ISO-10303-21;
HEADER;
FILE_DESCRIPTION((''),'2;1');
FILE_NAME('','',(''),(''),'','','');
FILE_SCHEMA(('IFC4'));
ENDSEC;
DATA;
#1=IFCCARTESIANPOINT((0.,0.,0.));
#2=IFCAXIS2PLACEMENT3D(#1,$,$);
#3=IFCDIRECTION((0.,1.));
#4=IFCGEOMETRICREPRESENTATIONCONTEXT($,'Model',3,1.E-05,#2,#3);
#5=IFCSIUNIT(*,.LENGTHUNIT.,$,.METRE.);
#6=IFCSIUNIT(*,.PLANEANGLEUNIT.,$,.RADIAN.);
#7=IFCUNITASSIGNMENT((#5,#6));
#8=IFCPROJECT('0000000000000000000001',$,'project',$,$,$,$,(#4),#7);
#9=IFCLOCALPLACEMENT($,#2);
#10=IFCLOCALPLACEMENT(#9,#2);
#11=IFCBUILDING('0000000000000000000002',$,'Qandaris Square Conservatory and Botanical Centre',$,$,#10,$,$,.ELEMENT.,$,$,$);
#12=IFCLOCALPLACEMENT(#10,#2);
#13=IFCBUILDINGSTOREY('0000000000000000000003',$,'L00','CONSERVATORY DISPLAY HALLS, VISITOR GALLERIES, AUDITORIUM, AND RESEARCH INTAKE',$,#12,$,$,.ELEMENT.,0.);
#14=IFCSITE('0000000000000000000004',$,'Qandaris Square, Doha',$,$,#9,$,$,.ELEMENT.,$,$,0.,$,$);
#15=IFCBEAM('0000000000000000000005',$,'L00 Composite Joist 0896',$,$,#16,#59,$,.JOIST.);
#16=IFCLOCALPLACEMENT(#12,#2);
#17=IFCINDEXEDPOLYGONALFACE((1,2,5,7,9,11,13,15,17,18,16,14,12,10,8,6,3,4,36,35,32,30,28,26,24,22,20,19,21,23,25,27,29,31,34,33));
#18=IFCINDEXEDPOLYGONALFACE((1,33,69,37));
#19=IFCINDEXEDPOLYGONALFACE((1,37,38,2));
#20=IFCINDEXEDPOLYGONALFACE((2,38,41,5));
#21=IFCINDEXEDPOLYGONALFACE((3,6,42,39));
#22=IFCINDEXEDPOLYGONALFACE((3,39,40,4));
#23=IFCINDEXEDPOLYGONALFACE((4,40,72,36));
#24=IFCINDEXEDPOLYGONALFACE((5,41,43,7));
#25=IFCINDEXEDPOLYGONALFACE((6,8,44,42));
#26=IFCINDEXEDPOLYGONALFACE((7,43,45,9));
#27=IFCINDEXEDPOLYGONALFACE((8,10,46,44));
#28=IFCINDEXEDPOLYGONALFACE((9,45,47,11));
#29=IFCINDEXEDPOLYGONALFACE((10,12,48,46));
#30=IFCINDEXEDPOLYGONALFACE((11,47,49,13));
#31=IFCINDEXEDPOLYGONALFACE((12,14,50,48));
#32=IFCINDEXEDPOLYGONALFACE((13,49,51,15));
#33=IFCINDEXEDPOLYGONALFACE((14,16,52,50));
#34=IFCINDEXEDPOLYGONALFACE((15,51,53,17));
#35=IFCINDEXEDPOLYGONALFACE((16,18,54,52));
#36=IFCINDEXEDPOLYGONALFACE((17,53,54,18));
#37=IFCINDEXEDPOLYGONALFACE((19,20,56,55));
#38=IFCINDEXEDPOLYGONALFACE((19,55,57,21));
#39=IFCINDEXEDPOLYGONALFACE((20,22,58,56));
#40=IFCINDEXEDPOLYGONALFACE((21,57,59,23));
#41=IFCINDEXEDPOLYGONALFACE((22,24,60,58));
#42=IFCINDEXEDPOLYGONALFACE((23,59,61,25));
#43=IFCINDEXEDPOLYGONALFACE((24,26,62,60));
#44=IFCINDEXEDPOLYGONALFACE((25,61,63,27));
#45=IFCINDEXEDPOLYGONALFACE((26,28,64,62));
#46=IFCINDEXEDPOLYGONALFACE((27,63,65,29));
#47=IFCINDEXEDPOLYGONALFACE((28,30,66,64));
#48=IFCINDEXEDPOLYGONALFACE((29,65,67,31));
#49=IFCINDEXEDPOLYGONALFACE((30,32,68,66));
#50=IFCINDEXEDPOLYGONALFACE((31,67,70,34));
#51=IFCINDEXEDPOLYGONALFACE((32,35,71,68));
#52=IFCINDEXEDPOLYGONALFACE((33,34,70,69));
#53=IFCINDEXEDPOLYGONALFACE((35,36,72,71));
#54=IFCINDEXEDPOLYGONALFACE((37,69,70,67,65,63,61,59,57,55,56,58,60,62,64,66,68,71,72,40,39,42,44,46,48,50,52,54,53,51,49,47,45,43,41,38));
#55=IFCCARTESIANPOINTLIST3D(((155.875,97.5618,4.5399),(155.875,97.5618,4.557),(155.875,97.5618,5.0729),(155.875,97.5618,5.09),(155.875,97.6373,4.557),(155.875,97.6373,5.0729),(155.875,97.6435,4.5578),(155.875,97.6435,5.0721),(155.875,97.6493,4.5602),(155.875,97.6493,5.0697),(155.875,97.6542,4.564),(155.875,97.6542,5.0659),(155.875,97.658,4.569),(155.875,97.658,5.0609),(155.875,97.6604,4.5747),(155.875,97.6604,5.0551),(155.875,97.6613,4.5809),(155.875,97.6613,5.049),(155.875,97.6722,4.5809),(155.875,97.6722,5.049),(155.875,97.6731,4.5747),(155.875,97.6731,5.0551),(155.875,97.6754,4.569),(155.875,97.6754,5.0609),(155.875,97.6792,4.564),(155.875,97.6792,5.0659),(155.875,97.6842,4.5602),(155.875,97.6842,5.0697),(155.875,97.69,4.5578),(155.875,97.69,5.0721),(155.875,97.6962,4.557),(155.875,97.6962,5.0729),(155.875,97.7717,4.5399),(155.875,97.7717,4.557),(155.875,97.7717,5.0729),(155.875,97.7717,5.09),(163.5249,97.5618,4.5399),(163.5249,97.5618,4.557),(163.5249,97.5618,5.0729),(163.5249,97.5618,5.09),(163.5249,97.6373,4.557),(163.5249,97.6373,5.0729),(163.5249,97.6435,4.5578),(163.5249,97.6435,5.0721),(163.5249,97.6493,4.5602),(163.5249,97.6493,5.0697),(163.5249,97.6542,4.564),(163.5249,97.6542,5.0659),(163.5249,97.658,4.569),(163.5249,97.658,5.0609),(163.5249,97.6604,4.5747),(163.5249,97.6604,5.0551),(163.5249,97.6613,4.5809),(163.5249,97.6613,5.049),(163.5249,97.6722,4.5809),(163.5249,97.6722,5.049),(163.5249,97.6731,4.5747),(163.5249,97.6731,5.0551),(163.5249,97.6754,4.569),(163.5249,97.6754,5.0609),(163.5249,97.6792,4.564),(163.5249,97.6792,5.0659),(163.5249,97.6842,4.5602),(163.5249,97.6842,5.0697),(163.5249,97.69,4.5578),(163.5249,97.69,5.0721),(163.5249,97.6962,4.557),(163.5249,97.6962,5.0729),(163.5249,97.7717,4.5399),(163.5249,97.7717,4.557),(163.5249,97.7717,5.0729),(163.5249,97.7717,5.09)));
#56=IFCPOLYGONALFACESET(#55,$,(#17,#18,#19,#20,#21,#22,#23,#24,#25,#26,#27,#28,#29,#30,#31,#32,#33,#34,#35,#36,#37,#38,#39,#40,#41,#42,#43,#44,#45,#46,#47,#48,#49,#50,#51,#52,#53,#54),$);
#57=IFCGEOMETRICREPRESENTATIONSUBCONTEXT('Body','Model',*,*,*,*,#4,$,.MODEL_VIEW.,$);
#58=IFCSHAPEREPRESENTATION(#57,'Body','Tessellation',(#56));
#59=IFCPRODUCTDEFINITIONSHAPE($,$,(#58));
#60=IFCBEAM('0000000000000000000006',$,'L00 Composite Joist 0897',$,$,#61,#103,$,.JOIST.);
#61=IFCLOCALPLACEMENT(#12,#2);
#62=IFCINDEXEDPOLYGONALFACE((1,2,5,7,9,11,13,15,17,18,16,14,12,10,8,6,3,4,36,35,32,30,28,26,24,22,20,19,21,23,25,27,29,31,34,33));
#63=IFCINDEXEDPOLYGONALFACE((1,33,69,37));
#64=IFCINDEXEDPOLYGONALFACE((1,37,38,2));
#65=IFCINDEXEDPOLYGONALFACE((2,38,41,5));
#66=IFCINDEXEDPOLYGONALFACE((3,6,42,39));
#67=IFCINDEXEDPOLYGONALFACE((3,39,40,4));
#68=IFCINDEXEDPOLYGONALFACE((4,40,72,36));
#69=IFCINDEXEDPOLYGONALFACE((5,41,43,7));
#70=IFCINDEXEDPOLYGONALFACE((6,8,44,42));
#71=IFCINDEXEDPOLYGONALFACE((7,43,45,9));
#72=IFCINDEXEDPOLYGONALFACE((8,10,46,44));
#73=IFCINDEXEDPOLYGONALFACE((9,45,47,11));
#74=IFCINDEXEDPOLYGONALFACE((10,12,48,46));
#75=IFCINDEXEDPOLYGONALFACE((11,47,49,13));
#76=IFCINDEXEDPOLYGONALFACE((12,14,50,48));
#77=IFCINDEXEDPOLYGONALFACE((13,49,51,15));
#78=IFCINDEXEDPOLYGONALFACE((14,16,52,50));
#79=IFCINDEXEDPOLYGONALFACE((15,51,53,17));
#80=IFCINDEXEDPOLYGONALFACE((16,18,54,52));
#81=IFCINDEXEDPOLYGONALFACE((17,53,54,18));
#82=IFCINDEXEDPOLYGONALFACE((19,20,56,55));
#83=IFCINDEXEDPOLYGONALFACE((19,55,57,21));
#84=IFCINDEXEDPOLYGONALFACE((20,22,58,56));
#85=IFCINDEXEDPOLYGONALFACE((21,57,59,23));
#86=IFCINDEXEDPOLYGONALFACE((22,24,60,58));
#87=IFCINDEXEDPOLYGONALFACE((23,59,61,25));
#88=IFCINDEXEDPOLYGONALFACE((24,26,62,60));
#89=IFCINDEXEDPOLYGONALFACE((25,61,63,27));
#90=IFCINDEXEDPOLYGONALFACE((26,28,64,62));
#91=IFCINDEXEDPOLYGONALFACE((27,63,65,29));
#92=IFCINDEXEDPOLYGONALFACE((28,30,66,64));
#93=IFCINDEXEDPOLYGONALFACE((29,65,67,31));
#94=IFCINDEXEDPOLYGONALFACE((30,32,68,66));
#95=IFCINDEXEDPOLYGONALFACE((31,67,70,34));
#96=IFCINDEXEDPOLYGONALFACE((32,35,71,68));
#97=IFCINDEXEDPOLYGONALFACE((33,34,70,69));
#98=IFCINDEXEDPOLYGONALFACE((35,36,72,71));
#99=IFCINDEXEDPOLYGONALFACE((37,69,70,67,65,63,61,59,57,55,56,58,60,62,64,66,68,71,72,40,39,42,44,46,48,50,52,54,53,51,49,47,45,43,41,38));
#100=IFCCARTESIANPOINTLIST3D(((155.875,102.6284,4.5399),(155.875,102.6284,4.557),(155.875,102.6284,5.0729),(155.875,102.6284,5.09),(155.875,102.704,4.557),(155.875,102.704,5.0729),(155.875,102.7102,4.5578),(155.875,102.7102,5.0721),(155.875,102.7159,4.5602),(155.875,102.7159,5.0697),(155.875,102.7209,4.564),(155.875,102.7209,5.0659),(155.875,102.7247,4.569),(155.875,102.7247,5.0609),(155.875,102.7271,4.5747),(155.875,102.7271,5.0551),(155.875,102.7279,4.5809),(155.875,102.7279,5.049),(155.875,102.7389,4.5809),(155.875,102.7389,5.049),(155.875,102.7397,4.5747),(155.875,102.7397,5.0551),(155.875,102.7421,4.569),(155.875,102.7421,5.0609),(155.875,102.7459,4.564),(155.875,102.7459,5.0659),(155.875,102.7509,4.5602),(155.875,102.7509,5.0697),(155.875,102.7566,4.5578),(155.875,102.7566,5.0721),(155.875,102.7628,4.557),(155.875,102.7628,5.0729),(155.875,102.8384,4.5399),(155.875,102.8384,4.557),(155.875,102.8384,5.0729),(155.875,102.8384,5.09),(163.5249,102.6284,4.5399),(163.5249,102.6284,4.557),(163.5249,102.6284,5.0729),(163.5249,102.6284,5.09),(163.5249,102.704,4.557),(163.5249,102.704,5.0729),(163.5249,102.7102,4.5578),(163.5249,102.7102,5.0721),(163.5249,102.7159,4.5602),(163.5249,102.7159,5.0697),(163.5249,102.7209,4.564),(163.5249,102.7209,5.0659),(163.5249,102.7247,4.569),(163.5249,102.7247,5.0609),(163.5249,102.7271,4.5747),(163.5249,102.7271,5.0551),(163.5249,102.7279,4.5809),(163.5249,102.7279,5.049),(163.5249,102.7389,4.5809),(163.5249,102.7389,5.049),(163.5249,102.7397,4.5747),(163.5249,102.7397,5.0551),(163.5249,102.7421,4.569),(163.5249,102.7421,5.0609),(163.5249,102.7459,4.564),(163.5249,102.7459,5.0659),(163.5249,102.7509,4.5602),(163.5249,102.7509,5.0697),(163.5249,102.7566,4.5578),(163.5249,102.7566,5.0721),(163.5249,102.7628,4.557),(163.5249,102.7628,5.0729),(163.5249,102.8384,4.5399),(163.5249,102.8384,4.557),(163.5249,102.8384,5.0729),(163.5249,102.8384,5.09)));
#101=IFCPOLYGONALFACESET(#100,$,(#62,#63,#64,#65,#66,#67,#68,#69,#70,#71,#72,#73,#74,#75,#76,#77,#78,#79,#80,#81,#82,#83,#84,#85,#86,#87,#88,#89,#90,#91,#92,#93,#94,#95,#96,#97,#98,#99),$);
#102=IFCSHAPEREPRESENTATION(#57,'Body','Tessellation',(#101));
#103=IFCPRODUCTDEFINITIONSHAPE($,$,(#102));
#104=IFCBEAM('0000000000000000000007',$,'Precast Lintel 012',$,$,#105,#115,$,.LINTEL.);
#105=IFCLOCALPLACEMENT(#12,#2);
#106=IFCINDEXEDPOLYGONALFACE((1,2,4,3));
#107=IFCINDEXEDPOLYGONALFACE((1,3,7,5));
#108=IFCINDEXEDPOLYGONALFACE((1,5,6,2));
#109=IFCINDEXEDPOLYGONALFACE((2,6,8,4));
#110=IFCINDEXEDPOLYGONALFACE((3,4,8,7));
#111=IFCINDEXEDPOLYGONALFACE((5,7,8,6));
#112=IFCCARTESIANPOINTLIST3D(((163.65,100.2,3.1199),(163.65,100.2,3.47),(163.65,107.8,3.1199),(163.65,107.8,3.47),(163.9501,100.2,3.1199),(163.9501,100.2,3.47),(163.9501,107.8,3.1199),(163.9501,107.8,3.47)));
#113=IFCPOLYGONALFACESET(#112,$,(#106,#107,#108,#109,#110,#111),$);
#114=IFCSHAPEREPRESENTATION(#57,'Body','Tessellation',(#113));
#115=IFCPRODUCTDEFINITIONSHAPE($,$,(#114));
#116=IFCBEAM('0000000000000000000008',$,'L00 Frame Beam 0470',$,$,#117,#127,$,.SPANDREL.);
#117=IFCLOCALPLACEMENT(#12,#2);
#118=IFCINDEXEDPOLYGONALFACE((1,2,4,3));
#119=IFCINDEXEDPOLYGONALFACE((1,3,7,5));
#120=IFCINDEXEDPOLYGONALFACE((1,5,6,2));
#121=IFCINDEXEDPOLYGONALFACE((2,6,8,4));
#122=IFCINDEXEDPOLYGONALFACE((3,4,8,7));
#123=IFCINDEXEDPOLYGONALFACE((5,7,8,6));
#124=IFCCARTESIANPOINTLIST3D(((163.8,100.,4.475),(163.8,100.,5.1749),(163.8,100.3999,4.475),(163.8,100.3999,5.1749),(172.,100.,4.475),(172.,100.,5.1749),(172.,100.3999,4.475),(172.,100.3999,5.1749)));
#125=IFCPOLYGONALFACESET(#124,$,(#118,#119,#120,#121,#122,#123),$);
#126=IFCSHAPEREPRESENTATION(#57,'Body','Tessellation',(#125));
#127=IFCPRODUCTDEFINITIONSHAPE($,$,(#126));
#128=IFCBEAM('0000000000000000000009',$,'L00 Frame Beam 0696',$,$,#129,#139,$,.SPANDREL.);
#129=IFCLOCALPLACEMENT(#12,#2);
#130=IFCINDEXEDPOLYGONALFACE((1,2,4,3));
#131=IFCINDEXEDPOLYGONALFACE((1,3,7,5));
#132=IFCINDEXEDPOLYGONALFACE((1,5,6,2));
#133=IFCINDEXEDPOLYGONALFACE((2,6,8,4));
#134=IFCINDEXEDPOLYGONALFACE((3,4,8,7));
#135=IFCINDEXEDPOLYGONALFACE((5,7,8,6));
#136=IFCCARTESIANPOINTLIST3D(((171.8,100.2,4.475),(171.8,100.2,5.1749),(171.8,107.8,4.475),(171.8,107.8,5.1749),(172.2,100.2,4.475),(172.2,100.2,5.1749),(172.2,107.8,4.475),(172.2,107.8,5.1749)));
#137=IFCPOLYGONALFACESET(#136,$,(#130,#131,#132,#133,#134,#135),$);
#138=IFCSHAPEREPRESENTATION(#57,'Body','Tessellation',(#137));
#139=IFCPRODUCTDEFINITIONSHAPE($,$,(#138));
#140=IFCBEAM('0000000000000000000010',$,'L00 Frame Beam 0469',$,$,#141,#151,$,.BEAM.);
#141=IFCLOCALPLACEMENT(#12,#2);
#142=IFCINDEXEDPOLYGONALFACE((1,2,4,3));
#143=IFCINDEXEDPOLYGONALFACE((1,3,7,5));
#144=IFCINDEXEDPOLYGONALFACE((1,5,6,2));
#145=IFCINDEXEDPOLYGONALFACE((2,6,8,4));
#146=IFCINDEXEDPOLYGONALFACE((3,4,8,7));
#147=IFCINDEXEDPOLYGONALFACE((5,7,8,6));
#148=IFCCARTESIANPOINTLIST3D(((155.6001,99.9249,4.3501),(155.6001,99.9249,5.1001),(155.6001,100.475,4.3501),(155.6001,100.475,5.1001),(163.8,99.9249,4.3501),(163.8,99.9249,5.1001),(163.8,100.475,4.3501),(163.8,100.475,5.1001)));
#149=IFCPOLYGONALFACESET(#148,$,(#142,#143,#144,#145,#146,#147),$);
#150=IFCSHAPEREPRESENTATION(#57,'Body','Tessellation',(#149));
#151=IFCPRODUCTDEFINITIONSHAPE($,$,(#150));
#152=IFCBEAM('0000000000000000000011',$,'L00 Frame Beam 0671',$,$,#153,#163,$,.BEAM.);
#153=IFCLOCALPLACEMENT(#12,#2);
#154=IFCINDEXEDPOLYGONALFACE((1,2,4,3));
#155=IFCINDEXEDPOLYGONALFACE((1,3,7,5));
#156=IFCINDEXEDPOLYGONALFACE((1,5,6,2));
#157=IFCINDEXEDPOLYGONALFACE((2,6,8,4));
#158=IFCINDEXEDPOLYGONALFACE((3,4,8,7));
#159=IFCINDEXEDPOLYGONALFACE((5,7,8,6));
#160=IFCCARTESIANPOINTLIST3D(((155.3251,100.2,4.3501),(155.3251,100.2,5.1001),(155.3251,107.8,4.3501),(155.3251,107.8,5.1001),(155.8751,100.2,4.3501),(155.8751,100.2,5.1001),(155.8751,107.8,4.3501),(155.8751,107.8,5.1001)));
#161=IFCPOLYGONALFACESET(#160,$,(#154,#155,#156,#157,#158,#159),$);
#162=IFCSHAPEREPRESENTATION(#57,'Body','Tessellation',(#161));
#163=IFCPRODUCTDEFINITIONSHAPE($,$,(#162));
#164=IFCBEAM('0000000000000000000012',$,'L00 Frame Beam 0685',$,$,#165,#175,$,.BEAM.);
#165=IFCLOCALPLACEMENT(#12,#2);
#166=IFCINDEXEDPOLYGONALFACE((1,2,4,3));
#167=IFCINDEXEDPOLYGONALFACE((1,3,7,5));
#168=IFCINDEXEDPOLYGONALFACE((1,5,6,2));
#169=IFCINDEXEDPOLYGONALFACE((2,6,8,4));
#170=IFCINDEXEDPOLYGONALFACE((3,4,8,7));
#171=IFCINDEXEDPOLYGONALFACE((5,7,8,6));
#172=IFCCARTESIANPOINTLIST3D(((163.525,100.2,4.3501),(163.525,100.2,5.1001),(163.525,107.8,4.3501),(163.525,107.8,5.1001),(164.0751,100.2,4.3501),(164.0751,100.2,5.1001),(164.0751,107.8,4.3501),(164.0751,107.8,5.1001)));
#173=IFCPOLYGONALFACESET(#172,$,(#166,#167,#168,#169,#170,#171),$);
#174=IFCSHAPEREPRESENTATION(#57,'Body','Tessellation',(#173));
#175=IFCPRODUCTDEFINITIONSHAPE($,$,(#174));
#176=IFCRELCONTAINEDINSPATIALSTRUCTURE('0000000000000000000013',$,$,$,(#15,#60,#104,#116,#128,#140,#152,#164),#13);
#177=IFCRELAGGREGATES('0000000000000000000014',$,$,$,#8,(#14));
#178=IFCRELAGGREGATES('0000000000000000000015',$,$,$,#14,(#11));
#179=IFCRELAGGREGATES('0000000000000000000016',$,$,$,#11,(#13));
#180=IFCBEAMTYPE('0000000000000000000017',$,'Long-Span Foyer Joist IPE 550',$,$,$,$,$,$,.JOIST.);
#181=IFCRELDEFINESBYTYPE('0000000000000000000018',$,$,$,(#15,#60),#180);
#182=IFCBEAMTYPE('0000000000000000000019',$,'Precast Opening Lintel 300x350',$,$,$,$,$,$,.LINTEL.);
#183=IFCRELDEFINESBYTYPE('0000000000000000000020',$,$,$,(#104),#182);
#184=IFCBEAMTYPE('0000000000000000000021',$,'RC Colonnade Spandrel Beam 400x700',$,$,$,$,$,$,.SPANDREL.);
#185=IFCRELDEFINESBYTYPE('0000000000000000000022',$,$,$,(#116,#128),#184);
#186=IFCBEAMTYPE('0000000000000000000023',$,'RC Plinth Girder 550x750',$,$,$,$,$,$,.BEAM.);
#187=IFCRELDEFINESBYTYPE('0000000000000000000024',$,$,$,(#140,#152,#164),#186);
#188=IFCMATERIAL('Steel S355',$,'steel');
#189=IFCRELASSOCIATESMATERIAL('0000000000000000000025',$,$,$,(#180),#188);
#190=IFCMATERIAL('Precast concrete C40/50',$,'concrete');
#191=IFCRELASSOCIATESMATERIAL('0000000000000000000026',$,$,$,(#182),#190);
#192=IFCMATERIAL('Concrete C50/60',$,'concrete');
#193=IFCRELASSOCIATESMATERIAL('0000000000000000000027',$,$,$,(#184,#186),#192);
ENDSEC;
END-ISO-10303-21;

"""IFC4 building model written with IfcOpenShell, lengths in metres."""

from ifc_helpers import new_model, si_unit, direction, frame, origin, origin_2d, place, context, subcontext, project, spatial, rectangle, i_section, extrude, material, material_profile, profile_set, type_object, element, save


model = new_model("IFC4")

# Units and contexts
model_context = context("Model", 3, precision=1e-05, world=origin(), true_north=direction((0.0, 1.0)))
body_context = subcontext(model_context, "Body", "Model", "MODEL_VIEW")
ifc_project = project(units=[si_unit("LENGTHUNIT", "METRE"), si_unit("PLANEANGLEUNIT", "RADIAN")], contexts=[model_context])

# Site, building, storey
site_placement = place(None, origin())
site = spatial("IfcSite", under=ifc_project, at=site_placement, Name="Qandaris Square, Doha", CompositionType="ELEMENT", RefElevation=0.0)
building_placement = place(site_placement, origin())
building = spatial("IfcBuilding", under=site, at=building_placement, Name="Qandaris Square Conservatory and Botanical Centre", CompositionType="ELEMENT")
storey_placement = place(building_placement, origin())
storey = spatial("IfcBuildingStorey", under=building, at=storey_placement, Name="L00", Description="CONSERVATORY DISPLAY HALLS, VISITOR GALLERIES, AUDITORIUM, AND RESEARCH INTAKE", CompositionType="ELEMENT", Elevation=0.0)

# Shared definitions
ifc_material_1 = material(Name="Concrete C50/60", Category="concrete")

# Beams
ifc_material_2 = material(Name="Steel S355", Category="steel")
ifc_material_profile_1 = material_profile(ifc_material_2, i_section(OverallWidth=0.21, OverallDepth=0.55, WebThickness=0.011, FlangeThickness=0.0171, FilletRadius=0.0239, at=origin_2d()), Name="IPE 550")
ifc_profile_set_1 = profile_set([ifc_material_profile_1], Name="Steel S355")
beam_type_1 = type_object("IfcBeamType", Name="Long-Span Foyer Joist IPE 550", PredefinedType="JOIST", material=ifc_profile_set_1)
for number, where, z_axis, x_axis, name in (
    (1, (155.875, 97.6667, 4.8149), (1.0, 0.0, 0.0), (0.0, 1.0, 0.0), "L00 Composite Joist 0896"),
    (2, (155.875, 102.7334, 4.8149), (1.0, 0.0, 0.0), (0.0, 1.0, 0.0), "L00 Composite Joist 0897"),
):
    element("IfcBeam", number, at=place(storey_placement, frame(where, z_axis=z_axis, x_axis=x_axis)), inside=storey, type_object=beam_type_1, Name=name, PredefinedType="JOIST", context=body_context, shape_type="SweptSolid", body=[
        extrude(i_section(OverallWidth=0.21, OverallDepth=0.55, WebThickness=0.011, FlangeThickness=0.0171, FilletRadius=0.0239, at=origin_2d()), origin(), (0.0, 0.0, 1.0), 7.6499),
    ])
ifc_material_3 = material(Name="Precast concrete C40/50", Category="concrete")
ifc_material_profile_2 = material_profile(ifc_material_3, rectangle(XDim=0.3, YDim=0.3501, at=origin_2d()), Name="RC-LN 300x350")
ifc_profile_set_2 = profile_set([ifc_material_profile_2], Name="Precast concrete C40/50")
beam_type_2 = type_object("IfcBeamType", Name="Precast Opening Lintel 300x350", PredefinedType="LINTEL", material=ifc_profile_set_2)
beam_1_placement = place(storey_placement, frame((163.8, 100.2, 3.2949), z_axis=(0.0, 1.0, 0.0), x_axis=(-1.0, 0.0, 0.0)))
element("IfcBeam", 3, at=beam_1_placement, inside=storey, type_object=beam_type_2, Name="Precast Lintel 012", PredefinedType="LINTEL", context=body_context, shape_type="SweptSolid", body=[
    extrude(rectangle(XDim=0.3, YDim=0.3501, at=origin_2d()), origin(), (0.0, 0.0, 1.0), 7.6001),
])
ifc_material_profile_3 = material_profile(ifc_material_1, rectangle(XDim=0.3999, YDim=0.7, at=origin_2d()), Name="RC-SP 400x700")
ifc_profile_set_3 = profile_set([ifc_material_profile_3], Name="Concrete C50/60")
beam_type_3 = type_object("IfcBeamType", Name="RC Colonnade Spandrel Beam 400x700", PredefinedType="SPANDREL", material=ifc_profile_set_3)
beam_2_placement = place(storey_placement, frame((163.8, 100.2, 4.825), z_axis=(1.0, 0.0, 0.0), x_axis=(0.0, 1.0, 0.0)))
element("IfcBeam", 4, at=beam_2_placement, inside=storey, type_object=beam_type_3, Name="L00 Frame Beam 0470", PredefinedType="SPANDREL", context=body_context, shape_type="SweptSolid", body=[
    extrude(rectangle(XDim=0.3999, YDim=0.7, at=origin_2d()), origin(), (0.0, 0.0, 1.0), 8.2),
])
beam_3_placement = place(storey_placement, frame((172.0, 100.2, 4.825), z_axis=(0.0, 1.0, 0.0), x_axis=(-1.0, 0.0, 0.0)))
element("IfcBeam", 5, at=beam_3_placement, inside=storey, type_object=beam_type_3, Name="L00 Frame Beam 0696", PredefinedType="SPANDREL", context=body_context, shape_type="SweptSolid", body=[
    extrude(rectangle(XDim=0.3999, YDim=0.7, at=origin_2d()), origin(), (0.0, 0.0, 1.0), 7.6001),
])
ifc_material_profile_4 = material_profile(ifc_material_1, rectangle(XDim=0.55, YDim=0.75, at=origin_2d()), Name="RC-BM 550x750")
ifc_profile_set_4 = profile_set([ifc_material_profile_4], Name="Concrete C50/60")
beam_type_4 = type_object("IfcBeamType", Name="RC Plinth Girder 550x750", PredefinedType="BEAM", material=ifc_profile_set_4)
beam_4_placement = place(storey_placement, frame((155.6001, 100.2, 4.7251), z_axis=(1.0, 0.0, 0.0), x_axis=(0.0, 1.0, 0.0)))
element("IfcBeam", 6, at=beam_4_placement, inside=storey, type_object=beam_type_4, Name="L00 Frame Beam 0469", PredefinedType="BEAM", context=body_context, shape_type="SweptSolid", body=[
    extrude(rectangle(XDim=0.55, YDim=0.75, at=origin_2d()), origin(), (0.0, 0.0, 1.0), 8.2),
])
for number, where, z_axis, x_axis, name in (
    (7, (155.6001, 100.2, 4.7251), (0.0, 1.0, 0.0), (-1.0, 0.0, 0.0), "L00 Frame Beam 0671"),
    (8, (163.8, 100.2, 4.7251), (0.0, 1.0, 0.0), (-1.0, 0.0, 0.0), "L00 Frame Beam 0685"),
):
    element("IfcBeam", number, at=place(storey_placement, frame(where, z_axis=z_axis, x_axis=x_axis)), inside=storey, type_object=beam_type_4, Name=name, PredefinedType="BEAM", context=body_context, shape_type="SweptSolid", body=[
        extrude(rectangle(XDim=0.55, YDim=0.75, at=origin_2d()), origin(), (0.0, 0.0, 1.0), 7.6001),
    ])

save(model, "model.ifc")
